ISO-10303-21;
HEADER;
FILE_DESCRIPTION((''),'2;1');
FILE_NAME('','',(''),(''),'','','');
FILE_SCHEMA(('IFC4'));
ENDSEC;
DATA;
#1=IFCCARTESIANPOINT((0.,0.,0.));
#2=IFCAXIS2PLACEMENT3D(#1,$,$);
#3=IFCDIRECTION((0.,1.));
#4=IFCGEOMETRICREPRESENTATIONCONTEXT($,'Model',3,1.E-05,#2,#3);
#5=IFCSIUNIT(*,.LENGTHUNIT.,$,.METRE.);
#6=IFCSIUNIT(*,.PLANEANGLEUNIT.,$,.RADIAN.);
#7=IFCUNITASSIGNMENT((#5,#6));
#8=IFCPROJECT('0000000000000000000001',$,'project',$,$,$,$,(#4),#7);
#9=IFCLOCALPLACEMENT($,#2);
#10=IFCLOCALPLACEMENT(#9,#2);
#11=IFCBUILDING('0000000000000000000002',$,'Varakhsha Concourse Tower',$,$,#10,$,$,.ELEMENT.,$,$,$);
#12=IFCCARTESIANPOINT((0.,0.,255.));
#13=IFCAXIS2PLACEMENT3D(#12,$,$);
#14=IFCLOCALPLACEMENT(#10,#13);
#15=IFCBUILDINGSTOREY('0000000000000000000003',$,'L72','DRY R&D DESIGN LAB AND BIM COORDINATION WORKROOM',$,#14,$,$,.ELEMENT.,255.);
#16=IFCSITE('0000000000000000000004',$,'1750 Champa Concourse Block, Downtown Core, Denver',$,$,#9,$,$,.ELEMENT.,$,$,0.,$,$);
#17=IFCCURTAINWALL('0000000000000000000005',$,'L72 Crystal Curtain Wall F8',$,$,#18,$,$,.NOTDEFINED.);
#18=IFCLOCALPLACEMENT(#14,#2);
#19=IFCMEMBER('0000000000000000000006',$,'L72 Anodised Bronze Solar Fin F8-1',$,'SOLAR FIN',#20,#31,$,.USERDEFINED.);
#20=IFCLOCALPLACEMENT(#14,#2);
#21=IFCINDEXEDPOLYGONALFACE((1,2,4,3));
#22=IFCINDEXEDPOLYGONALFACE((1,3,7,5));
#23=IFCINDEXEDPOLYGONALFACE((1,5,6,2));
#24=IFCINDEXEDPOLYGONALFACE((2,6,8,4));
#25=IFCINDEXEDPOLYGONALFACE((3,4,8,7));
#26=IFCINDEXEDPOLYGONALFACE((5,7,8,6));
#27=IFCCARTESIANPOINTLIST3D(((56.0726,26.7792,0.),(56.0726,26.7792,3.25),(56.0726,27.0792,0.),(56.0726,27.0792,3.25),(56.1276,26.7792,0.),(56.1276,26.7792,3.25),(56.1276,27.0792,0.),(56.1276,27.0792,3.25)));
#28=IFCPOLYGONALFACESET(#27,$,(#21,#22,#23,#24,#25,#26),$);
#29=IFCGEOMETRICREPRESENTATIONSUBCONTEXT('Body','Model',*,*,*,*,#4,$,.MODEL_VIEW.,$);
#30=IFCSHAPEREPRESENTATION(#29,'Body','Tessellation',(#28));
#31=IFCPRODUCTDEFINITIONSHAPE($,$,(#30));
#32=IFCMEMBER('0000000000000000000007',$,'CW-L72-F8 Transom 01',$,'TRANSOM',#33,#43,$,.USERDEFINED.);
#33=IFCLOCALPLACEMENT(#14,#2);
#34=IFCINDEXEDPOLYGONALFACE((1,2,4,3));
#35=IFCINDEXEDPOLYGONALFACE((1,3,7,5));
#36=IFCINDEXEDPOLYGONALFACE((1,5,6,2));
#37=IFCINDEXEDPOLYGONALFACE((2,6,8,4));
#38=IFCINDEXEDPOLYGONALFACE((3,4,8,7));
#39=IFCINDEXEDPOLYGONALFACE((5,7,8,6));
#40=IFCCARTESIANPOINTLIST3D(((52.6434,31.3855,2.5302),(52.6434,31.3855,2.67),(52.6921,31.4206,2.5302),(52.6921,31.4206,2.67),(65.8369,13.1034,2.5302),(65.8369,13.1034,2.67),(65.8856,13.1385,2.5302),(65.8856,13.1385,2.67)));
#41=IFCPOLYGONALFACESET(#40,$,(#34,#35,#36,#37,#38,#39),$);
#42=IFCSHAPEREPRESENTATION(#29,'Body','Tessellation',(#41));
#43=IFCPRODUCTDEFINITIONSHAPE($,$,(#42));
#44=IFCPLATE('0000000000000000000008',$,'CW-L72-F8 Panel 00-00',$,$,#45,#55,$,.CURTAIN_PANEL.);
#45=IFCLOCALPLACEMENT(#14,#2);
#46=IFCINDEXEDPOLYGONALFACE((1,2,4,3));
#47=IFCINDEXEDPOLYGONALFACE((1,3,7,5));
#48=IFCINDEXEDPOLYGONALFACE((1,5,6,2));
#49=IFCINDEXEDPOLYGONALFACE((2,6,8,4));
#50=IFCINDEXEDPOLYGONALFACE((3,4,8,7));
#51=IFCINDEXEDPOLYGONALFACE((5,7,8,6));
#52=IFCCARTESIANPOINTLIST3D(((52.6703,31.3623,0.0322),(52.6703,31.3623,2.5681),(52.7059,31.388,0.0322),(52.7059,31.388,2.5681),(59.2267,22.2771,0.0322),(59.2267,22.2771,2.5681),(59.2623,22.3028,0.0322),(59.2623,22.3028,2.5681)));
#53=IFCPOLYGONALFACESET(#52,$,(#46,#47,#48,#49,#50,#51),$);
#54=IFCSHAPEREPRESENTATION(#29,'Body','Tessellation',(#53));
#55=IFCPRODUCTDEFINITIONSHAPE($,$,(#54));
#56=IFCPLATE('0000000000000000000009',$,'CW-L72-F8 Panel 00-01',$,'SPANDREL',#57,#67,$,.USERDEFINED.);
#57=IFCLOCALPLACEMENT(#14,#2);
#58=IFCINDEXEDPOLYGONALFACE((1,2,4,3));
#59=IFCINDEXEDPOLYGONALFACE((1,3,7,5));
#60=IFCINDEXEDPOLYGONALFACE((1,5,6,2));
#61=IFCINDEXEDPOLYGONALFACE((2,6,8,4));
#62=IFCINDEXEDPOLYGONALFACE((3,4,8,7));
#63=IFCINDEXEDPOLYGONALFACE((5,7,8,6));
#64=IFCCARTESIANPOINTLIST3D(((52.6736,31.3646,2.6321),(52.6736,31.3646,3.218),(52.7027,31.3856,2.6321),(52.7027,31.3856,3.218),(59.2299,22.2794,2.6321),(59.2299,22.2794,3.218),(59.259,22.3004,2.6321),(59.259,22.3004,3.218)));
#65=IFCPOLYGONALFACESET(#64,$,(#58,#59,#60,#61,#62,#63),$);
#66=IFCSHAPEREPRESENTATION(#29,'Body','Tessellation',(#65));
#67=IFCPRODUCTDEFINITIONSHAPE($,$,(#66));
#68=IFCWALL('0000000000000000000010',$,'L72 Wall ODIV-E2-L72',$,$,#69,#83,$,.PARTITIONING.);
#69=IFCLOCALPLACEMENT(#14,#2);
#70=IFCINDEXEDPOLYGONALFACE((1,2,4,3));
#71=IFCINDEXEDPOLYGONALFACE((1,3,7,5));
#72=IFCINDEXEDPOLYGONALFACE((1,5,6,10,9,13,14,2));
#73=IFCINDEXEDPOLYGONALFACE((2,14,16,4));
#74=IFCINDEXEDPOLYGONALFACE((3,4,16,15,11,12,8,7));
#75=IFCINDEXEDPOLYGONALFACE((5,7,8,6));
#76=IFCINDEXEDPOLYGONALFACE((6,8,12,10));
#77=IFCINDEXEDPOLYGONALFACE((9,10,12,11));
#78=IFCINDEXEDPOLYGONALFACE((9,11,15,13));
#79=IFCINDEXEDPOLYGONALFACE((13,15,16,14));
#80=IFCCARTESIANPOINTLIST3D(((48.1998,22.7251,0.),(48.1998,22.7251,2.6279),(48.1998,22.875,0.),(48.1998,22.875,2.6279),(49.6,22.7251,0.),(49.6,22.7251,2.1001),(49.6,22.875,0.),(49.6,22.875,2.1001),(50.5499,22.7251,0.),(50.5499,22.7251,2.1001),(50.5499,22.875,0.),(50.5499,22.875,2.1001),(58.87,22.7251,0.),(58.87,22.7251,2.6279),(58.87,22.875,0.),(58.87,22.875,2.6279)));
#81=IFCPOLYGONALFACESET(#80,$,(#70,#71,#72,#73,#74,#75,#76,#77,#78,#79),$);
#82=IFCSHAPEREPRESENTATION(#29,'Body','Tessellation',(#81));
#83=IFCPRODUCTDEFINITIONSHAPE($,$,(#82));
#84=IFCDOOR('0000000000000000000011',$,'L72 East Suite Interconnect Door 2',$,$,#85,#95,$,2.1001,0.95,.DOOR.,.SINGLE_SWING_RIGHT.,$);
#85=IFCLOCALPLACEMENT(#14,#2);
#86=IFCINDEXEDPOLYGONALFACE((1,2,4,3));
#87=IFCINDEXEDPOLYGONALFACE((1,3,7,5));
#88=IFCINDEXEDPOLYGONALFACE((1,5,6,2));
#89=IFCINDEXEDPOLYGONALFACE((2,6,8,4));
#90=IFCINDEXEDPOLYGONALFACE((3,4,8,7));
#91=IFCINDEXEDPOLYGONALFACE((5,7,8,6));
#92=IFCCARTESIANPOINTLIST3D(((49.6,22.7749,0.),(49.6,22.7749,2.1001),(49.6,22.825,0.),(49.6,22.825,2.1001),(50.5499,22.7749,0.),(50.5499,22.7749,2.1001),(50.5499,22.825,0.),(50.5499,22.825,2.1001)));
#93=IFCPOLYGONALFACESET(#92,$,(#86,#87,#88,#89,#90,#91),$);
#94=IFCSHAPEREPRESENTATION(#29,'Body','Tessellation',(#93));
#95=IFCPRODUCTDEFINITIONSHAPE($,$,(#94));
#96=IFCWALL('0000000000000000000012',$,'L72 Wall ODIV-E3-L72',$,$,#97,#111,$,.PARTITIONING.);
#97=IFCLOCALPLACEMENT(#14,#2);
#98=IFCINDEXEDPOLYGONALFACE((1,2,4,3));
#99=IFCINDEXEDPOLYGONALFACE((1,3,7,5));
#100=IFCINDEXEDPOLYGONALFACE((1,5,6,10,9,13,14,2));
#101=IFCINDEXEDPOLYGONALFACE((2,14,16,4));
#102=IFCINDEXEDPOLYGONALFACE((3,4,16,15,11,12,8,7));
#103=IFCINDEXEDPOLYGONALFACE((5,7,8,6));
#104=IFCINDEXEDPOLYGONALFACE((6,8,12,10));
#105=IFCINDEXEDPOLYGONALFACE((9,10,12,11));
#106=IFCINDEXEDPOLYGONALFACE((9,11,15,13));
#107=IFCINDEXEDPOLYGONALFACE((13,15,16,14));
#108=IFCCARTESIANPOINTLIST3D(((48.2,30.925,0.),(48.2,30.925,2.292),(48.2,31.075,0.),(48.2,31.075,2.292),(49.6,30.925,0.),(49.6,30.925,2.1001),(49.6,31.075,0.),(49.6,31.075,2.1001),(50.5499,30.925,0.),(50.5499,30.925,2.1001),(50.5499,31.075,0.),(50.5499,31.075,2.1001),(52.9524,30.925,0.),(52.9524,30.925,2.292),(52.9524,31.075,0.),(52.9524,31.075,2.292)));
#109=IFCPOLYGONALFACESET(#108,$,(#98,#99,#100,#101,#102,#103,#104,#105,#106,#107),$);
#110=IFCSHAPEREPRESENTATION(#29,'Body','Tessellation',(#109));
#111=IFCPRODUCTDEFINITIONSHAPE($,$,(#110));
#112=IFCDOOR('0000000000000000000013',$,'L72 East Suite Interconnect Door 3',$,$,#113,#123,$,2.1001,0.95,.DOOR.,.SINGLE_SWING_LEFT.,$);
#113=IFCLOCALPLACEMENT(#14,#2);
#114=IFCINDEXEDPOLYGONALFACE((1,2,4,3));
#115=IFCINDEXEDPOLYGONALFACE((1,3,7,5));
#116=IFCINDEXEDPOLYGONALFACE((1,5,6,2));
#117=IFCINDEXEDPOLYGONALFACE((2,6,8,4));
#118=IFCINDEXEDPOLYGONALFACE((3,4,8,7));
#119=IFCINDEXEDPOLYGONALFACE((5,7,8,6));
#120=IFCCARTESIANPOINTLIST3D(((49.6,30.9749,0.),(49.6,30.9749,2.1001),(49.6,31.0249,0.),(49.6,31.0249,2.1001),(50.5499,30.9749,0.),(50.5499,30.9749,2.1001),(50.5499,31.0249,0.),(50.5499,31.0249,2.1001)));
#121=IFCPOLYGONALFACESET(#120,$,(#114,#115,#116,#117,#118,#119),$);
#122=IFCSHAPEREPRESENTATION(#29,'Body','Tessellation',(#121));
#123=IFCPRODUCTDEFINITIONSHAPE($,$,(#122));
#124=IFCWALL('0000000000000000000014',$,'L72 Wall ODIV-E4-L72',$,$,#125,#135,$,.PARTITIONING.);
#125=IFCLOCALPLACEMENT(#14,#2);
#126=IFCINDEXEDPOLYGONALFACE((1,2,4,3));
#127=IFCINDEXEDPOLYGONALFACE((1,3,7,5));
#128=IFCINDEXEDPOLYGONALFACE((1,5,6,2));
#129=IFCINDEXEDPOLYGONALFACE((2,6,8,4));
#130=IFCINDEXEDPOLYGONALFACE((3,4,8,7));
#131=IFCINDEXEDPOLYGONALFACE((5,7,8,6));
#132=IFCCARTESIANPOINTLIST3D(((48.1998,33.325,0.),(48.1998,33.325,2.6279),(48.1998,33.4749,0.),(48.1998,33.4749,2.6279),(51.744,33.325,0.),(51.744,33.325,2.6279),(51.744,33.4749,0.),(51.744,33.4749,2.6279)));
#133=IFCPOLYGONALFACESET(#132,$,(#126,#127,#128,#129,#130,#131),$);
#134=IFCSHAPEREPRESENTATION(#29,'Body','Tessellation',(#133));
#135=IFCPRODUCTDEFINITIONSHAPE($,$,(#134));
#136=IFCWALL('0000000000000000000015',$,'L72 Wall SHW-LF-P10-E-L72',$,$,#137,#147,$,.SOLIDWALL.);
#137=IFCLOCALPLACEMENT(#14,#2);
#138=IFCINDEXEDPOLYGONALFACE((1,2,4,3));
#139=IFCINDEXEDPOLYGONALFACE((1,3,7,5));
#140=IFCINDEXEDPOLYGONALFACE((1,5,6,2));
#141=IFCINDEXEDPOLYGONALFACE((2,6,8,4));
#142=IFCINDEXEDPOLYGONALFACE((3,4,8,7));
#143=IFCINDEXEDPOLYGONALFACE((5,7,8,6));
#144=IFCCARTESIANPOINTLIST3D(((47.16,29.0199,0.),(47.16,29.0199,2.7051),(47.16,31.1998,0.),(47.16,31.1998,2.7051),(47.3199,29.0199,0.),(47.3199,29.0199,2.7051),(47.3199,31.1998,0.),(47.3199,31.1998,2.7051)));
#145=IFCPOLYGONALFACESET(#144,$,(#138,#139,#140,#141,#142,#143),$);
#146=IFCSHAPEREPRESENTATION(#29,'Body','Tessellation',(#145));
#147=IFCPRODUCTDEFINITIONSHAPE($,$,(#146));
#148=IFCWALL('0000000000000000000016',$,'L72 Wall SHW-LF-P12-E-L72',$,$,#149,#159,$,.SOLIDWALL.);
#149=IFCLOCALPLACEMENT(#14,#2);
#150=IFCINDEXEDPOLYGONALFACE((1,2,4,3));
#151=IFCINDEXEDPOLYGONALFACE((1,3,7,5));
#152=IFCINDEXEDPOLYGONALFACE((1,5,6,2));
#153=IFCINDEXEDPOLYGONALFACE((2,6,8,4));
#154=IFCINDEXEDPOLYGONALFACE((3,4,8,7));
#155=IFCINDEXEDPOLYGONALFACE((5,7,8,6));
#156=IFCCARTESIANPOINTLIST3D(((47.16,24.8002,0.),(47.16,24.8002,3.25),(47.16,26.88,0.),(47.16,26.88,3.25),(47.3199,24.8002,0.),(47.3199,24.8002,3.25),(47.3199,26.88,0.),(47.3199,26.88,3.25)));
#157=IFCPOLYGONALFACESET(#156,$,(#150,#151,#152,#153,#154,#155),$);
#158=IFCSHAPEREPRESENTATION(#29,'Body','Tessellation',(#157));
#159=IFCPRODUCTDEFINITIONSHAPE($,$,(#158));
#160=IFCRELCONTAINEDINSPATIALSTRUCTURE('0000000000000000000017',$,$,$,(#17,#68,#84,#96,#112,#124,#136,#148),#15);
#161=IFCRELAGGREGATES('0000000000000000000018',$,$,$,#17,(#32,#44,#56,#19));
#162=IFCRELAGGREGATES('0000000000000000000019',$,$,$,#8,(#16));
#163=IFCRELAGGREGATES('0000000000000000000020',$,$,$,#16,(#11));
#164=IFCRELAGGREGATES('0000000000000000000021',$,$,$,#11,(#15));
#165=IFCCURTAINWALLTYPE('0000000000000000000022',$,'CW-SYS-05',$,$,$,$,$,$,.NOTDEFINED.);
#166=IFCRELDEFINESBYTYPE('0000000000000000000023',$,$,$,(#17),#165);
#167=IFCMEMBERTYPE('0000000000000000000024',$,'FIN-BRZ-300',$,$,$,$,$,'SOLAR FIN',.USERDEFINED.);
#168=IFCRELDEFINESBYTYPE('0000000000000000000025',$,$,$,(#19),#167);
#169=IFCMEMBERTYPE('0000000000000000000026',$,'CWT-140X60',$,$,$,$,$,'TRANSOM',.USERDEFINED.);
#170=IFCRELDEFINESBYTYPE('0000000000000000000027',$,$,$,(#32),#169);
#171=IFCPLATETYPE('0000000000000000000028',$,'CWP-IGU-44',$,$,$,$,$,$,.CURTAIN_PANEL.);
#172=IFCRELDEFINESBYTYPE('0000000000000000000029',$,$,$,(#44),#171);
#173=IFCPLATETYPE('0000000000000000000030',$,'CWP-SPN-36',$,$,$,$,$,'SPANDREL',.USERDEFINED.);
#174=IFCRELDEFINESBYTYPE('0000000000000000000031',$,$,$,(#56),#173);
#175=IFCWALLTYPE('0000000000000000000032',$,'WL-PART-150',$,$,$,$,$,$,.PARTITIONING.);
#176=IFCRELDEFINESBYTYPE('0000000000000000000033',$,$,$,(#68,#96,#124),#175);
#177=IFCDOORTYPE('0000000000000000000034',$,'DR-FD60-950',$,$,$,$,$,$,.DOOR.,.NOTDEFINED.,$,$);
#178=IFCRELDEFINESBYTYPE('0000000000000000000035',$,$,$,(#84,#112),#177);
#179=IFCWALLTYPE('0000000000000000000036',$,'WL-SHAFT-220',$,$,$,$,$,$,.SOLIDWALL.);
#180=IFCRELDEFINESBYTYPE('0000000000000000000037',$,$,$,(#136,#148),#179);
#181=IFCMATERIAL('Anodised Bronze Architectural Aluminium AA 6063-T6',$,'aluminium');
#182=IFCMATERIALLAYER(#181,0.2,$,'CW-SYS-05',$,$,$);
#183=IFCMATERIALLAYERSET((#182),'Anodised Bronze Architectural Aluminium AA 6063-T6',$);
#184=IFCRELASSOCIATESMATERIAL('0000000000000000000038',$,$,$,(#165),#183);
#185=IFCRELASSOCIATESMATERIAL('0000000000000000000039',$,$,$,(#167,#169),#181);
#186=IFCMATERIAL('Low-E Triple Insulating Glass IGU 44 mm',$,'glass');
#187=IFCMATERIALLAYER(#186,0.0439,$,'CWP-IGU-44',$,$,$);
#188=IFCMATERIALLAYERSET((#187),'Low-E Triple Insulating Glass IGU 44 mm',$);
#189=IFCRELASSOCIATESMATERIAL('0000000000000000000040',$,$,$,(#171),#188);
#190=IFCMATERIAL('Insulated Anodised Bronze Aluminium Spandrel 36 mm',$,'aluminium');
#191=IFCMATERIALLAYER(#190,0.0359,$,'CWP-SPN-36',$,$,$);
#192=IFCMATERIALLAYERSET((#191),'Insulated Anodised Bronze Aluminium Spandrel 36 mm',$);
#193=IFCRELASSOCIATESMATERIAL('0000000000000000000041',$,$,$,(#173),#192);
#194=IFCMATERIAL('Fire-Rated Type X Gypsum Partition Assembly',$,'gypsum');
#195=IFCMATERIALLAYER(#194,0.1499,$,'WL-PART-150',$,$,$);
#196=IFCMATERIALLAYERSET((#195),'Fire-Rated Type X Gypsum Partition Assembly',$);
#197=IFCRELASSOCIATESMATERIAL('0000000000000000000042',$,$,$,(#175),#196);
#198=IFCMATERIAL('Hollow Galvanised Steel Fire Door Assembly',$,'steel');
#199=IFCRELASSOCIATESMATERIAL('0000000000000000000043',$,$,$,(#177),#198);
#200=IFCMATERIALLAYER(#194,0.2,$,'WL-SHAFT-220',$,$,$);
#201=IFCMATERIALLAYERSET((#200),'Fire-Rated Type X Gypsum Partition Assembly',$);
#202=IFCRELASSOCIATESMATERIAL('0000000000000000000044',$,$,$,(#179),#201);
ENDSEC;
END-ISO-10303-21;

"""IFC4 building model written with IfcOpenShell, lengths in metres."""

from ifc_helpers import new_model, si_unit, direction, frame, frame_2d, origin, origin_2d, place, context, subcontext, project, spatial, rectangle, extrude, source, transform, mapped, material, layer, layer_set, material_profile, profile_set, type_object, type_shapes, element, fill, aggregate, save


model = new_model("IFC4")

# Units and contexts
model_context = context("Model", 3, precision=1e-05, world=origin(), true_north=direction((0.0, 1.0)))
body_context = subcontext(model_context, "Body", "Model", "MODEL_VIEW")
ifc_project = project(units=[si_unit("LENGTHUNIT", "METRE"), si_unit("PLANEANGLEUNIT", "RADIAN")], contexts=[model_context])

# Site, building, storey
site_placement = place(None, origin())
site = spatial("IfcSite", under=ifc_project, at=site_placement, Name="1750 Champa Concourse Block, Downtown Core, Denver", CompositionType="ELEMENT", RefElevation=0.0)
building_placement = place(site_placement, origin())
building = spatial("IfcBuilding", under=site, at=building_placement, Name="Varakhsha Concourse Tower", CompositionType="ELEMENT")
storey_placement = place(building_placement, frame((0.0, 0.0, 255.0)))
storey = spatial("IfcBuildingStorey", under=building, at=storey_placement, Name="L72", Description="DRY R&D DESIGN LAB AND BIM COORDINATION WORKROOM", CompositionType="ELEMENT", Elevation=255.0)

# Curtain wall
ifc_material_1 = material(Name="Anodised Bronze Architectural Aluminium AA 6063-T6", Category="aluminium")
ifc_layer_1 = layer(ifc_material_1, 0.2, Name="CW-SYS-05")
ifc_layer_set_1 = layer_set([ifc_layer_1], Name="Anodised Bronze Architectural Aluminium AA 6063-T6")
curtain_wall_type = type_object("IfcCurtainWallType", Name="CW-SYS-05", PredefinedType="NOTDEFINED", material=ifc_layer_set_1)
curtain_wall_1_placement = place(storey_placement, origin())
curtain_wall_1 = element("IfcCurtainWall", 1, at=curtain_wall_1_placement, inside=storey, type_object=curtain_wall_type, Name="L72 Crystal Curtain Wall F8", PredefinedType="NOTDEFINED")

# Members
ifc_material_profile_1 = material_profile(ifc_material_1, rectangle(XDim=0.0549, YDim=0.3, at=origin_2d()), Name="FIN-BRZ-300")
ifc_profile_set_1 = profile_set([ifc_material_profile_1], Name="Anodised Bronze Architectural Aluminium AA 6063-T6")
member_type_1 = type_object("IfcMemberType", Name="FIN-BRZ-300", ElementType="SOLAR FIN", PredefinedType="USERDEFINED", material=ifc_profile_set_1)
shared_shape_1 = source(origin(), body_context, "Body", "SweptSolid", [
    extrude(rectangle(XDim=0.0549, YDim=0.3, at=origin_2d()), origin(), (0.0, 0.0, 1.0), 3.25),
])
type_shapes(member_type_1, [shared_shape_1])
member_1_placement = place(storey_placement, frame((56.1001, 26.9292, 0.0), z_axis=(0.0, 0.0, 1.0), x_axis=(1.0, 0.0, 0.0)))
member_1 = element("IfcMember", 2, at=member_1_placement, type_object=member_type_1, Name="L72 Anodised Bronze Solar Fin F8-1", ObjectType="SOLAR FIN", PredefinedType="USERDEFINED", context=body_context, shape_type="MappedRepresentation", body=[
    mapped(shared_shape_1, transform((0.0, 0.0, 0.0), scale=1.0)),
])
ifc_material_profile_2 = material_profile(ifc_material_1, rectangle(XDim=0.0601, YDim=0.1399, at=origin_2d()), Name="CWT-140X60")
ifc_profile_set_2 = profile_set([ifc_material_profile_2], Name="Anodised Bronze Architectural Aluminium AA 6063-T6")
member_type_2 = type_object("IfcMemberType", Name="CWT-140X60", ElementType="TRANSOM", PredefinedType="USERDEFINED", material=ifc_profile_set_2)
shared_shape_2 = source(origin(), body_context, "Body", "SweptSolid", [
    extrude(rectangle(XDim=0.0601, YDim=0.1399, at=origin_2d()), origin(), (0.0, 0.0, 1.0), 22.5457),
])
type_shapes(member_type_2, [shared_shape_2])
member_2_placement = place(storey_placement, frame((52.6677, 31.4031, 2.6001), z_axis=(0.585192, -0.810894, 0.0), x_axis=(0.810894, 0.585192, 0.0)))
member_2 = element("IfcMember", 3, at=member_2_placement, type_object=member_type_2, Name="CW-L72-F8 Transom 01", ObjectType="TRANSOM", PredefinedType="USERDEFINED", context=body_context, shape_type="MappedRepresentation", body=[
    mapped(shared_shape_2, transform((0.0, 0.0, 0.0), scale=1.0)),
])

# Plates
ifc_material_2 = material(Name="Low-E Triple Insulating Glass IGU 44 mm", Category="glass")
ifc_layer_2 = layer(ifc_material_2, 0.0439, Name="CWP-IGU-44")
ifc_layer_set_2 = layer_set([ifc_layer_2], Name="Low-E Triple Insulating Glass IGU 44 mm")
plate_type_1 = type_object("IfcPlateType", Name="CWP-IGU-44", PredefinedType="CURTAIN_PANEL", material=ifc_layer_set_2)
shared_shape_3 = source(origin(), body_context, "Body", "SweptSolid", [
    extrude(rectangle(XDim=11.2039, YDim=0.0439, at=origin_2d()), origin(), (0.0, 0.0, 1.0), 2.5359),
])
type_shapes(plate_type_1, [shared_shape_3])
plate_1_placement = place(storey_placement, frame((55.9663, 26.8325, 0.0322), z_axis=(0.0, 0.0, 1.0), x_axis=(0.585188, -0.810897, 0.0)))
plate_1 = element("IfcPlate", 4, at=plate_1_placement, type_object=plate_type_1, Name="CW-L72-F8 Panel 00-00", PredefinedType="CURTAIN_PANEL", context=body_context, shape_type="MappedRepresentation", body=[
    mapped(shared_shape_3, transform((0.0, 0.0, 0.0), scale=1.0)),
])
ifc_material_3 = material(Name="Insulated Anodised Bronze Aluminium Spandrel 36 mm", Category="aluminium")
ifc_layer_3 = layer(ifc_material_3, 0.0359, Name="CWP-SPN-36")
ifc_layer_set_3 = layer_set([ifc_layer_3], Name="Insulated Anodised Bronze Aluminium Spandrel 36 mm")
plate_type_2 = type_object("IfcPlateType", Name="CWP-SPN-36", ElementType="SPANDREL", PredefinedType="USERDEFINED", material=ifc_layer_set_3)
shared_shape_4 = source(origin(), body_context, "Body", "SweptSolid", [
    extrude(rectangle(XDim=11.2039, YDim=0.0359, at=origin_2d()), origin(), (0.0, 0.0, 1.0), 0.5859),
])
type_shapes(plate_type_2, [shared_shape_4])
plate_2_placement = place(storey_placement, frame((55.9663, 26.8325, 2.6321), z_axis=(0.0, 0.0, 1.0), x_axis=(0.585188, -0.810897, 0.0)))
plate_2 = element("IfcPlate", 5, at=plate_2_placement, type_object=plate_type_2, Name="CW-L72-F8 Panel 00-01", ObjectType="SPANDREL", PredefinedType="USERDEFINED", context=body_context, shape_type="MappedRepresentation", body=[
    mapped(shared_shape_4, transform((0.0, 0.0, 0.0), scale=1.0)),
])
aggregate(curtain_wall_1, [member_2, plate_1, plate_2, member_1])

# Walls, openings, doors
ifc_material_4 = material(Name="Fire-Rated Type X Gypsum Partition Assembly", Category="gypsum")
ifc_layer_4 = layer(ifc_material_4, 0.1499, Name="WL-PART-150")
ifc_layer_set_4 = layer_set([ifc_layer_4], Name="Fire-Rated Type X Gypsum Partition Assembly")
wall_type_1 = type_object("IfcWallType", Name="WL-PART-150", PredefinedType="PARTITIONING", material=ifc_layer_set_4)
wall_1_placement = place(storey_placement, frame((48.2, 22.8, 0.0), z_axis=(0.0, 0.0, 1.0), x_axis=(1.0, 0.0, 0.0)))
wall_1 = element("IfcWall", 6, at=wall_1_placement, inside=storey, type_object=wall_type_1, Name="L72 Wall ODIV-E2-L72", PredefinedType="PARTITIONING", context=body_context, shape_type="SweptSolid", body=[
    extrude(rectangle(XDim=10.6702, YDim=0.1499, at=frame_2d((5.335, 0.0))), origin(), (0.0, 0.0, 1.0), 2.6279),
])
opening_1_placement = place(wall_1_placement, frame((1.3999, 0.0, 0.0)))
opening_1 = element("IfcOpeningElement", 7, at=opening_1_placement, cuts=wall_1, PredefinedType="OPENING", context=body_context, shape_type="SweptSolid", body=[
    extrude(rectangle(XDim=0.95, YDim=2.1001, at=frame_2d((0.4751, 1.05))), frame((0.0, 0.085, 0.0), z_axis=(0.0, -1.0, 0.0), x_axis=(1.0, 0.0, 0.0)), (0.0, 0.0, 1.0), 0.1699),
])
ifc_material_5 = material(Name="Hollow Galvanised Steel Fire Door Assembly", Category="steel")
door_type = type_object("IfcDoorType", Name="DR-FD60-950", OperationType="NOTDEFINED", PredefinedType="DOOR", material=ifc_material_5)
door_1_placement = place(opening_1_placement, origin())
door_1 = element("IfcDoor", 8, at=door_1_placement, inside=storey, type_object=door_type, Name="L72 East Suite Interconnect Door 2", OperationType="SINGLE_SWING_RIGHT", OverallHeight=2.1001, OverallWidth=0.95, PredefinedType="DOOR", context=body_context, shape_type="SweptSolid", body=[
    extrude(rectangle(XDim=0.95, YDim=2.1001, at=frame_2d((0.4751, 1.05))), frame((0.0, 0.0249, 0.0), z_axis=(0.0, -1.0, 0.0), x_axis=(1.0, 0.0, 0.0)), (0.0, 0.0, 1.0), 0.05),
])
fill(opening_1, door_1)
wall_2_placement = place(storey_placement, frame((48.2, 31.0, 0.0), z_axis=(0.0, 0.0, 1.0), x_axis=(1.0, 0.0, 0.0)))
wall_2 = element("IfcWall", 9, at=wall_2_placement, inside=storey, type_object=wall_type_1, Name="L72 Wall ODIV-E3-L72", PredefinedType="PARTITIONING", context=body_context, shape_type="SweptSolid", body=[
    extrude(rectangle(XDim=4.7524, YDim=0.1499, at=frame_2d((2.3762, 0.0))), origin(), (0.0, 0.0, 1.0), 2.292),
])
opening_2_placement = place(wall_2_placement, frame((1.3999, 0.0, 0.0)))
opening_2 = element("IfcOpeningElement", 10, at=opening_2_placement, cuts=wall_2, PredefinedType="OPENING", context=body_context, shape_type="SweptSolid", body=[
    extrude(rectangle(XDim=0.95, YDim=2.1001, at=frame_2d((0.4751, 1.05))), frame((0.0, 0.085, 0.0), z_axis=(0.0, -1.0, 0.0), x_axis=(1.0, 0.0, 0.0)), (0.0, 0.0, 1.0), 0.1699),
])
door_2_placement = place(opening_2_placement, origin())
door_2 = element("IfcDoor", 11, at=door_2_placement, inside=storey, type_object=door_type, Name="L72 East Suite Interconnect Door 3", OperationType="SINGLE_SWING_LEFT", OverallHeight=2.1001, OverallWidth=0.95, PredefinedType="DOOR", context=body_context, shape_type="SweptSolid", body=[
    extrude(rectangle(XDim=0.95, YDim=2.1001, at=frame_2d((0.4751, 1.05))), frame((0.0, 0.0249, 0.0), z_axis=(0.0, -1.0, 0.0), x_axis=(1.0, 0.0, 0.0)), (0.0, 0.0, 1.0), 0.05),
])
fill(opening_2, door_2)

# Walls
wall_3_placement = place(storey_placement, frame((48.2, 33.3999, 0.0), z_axis=(0.0, 0.0, 1.0), x_axis=(1.0, 0.0, 0.0)))
element("IfcWall", 12, at=wall_3_placement, inside=storey, type_object=wall_type_1, Name="L72 Wall ODIV-E4-L72", PredefinedType="PARTITIONING", context=body_context, shape_type="SweptSolid", body=[
    extrude(rectangle(XDim=3.5442, YDim=0.1499, at=frame_2d((1.772, 0.0))), origin(), (0.0, 0.0, 1.0), 2.6279),
])
ifc_layer_5 = layer(ifc_material_4, 0.2, Name="WL-SHAFT-220")
ifc_layer_set_5 = layer_set([ifc_layer_5], Name="Fire-Rated Type X Gypsum Partition Assembly")
wall_type_2 = type_object("IfcWallType", Name="WL-SHAFT-220", PredefinedType="SOLIDWALL", material=ifc_layer_set_5)
wall_4_placement = place(storey_placement, frame((47.24, 29.02, 0.0), z_axis=(0.0, 0.0, 1.0), x_axis=(0.0, 1.0, 0.0)))
element("IfcWall", 13, at=wall_4_placement, inside=storey, type_object=wall_type_2, Name="L72 Wall SHW-LF-P10-E-L72", PredefinedType="SOLIDWALL", context=body_context, shape_type="SweptSolid", body=[
    extrude(rectangle(XDim=2.1799, YDim=0.1599, at=frame_2d((1.0898, 0.0))), origin(), (0.0, 0.0, 1.0), 2.7051),
])
wall_5_placement = place(storey_placement, frame((47.24, 24.8, 0.0), z_axis=(0.0, 0.0, 1.0), x_axis=(0.0, 1.0, 0.0)))
element("IfcWall", 14, at=wall_5_placement, inside=storey, type_object=wall_type_2, Name="L72 Wall SHW-LF-P12-E-L72", PredefinedType="SOLIDWALL", context=body_context, shape_type="SweptSolid", body=[
    extrude(rectangle(XDim=2.0798, YDim=0.1599, at=frame_2d((1.04, 0.0))), origin(), (0.0, 0.0, 1.0), 3.25),
])

save(model, "model.ifc")
